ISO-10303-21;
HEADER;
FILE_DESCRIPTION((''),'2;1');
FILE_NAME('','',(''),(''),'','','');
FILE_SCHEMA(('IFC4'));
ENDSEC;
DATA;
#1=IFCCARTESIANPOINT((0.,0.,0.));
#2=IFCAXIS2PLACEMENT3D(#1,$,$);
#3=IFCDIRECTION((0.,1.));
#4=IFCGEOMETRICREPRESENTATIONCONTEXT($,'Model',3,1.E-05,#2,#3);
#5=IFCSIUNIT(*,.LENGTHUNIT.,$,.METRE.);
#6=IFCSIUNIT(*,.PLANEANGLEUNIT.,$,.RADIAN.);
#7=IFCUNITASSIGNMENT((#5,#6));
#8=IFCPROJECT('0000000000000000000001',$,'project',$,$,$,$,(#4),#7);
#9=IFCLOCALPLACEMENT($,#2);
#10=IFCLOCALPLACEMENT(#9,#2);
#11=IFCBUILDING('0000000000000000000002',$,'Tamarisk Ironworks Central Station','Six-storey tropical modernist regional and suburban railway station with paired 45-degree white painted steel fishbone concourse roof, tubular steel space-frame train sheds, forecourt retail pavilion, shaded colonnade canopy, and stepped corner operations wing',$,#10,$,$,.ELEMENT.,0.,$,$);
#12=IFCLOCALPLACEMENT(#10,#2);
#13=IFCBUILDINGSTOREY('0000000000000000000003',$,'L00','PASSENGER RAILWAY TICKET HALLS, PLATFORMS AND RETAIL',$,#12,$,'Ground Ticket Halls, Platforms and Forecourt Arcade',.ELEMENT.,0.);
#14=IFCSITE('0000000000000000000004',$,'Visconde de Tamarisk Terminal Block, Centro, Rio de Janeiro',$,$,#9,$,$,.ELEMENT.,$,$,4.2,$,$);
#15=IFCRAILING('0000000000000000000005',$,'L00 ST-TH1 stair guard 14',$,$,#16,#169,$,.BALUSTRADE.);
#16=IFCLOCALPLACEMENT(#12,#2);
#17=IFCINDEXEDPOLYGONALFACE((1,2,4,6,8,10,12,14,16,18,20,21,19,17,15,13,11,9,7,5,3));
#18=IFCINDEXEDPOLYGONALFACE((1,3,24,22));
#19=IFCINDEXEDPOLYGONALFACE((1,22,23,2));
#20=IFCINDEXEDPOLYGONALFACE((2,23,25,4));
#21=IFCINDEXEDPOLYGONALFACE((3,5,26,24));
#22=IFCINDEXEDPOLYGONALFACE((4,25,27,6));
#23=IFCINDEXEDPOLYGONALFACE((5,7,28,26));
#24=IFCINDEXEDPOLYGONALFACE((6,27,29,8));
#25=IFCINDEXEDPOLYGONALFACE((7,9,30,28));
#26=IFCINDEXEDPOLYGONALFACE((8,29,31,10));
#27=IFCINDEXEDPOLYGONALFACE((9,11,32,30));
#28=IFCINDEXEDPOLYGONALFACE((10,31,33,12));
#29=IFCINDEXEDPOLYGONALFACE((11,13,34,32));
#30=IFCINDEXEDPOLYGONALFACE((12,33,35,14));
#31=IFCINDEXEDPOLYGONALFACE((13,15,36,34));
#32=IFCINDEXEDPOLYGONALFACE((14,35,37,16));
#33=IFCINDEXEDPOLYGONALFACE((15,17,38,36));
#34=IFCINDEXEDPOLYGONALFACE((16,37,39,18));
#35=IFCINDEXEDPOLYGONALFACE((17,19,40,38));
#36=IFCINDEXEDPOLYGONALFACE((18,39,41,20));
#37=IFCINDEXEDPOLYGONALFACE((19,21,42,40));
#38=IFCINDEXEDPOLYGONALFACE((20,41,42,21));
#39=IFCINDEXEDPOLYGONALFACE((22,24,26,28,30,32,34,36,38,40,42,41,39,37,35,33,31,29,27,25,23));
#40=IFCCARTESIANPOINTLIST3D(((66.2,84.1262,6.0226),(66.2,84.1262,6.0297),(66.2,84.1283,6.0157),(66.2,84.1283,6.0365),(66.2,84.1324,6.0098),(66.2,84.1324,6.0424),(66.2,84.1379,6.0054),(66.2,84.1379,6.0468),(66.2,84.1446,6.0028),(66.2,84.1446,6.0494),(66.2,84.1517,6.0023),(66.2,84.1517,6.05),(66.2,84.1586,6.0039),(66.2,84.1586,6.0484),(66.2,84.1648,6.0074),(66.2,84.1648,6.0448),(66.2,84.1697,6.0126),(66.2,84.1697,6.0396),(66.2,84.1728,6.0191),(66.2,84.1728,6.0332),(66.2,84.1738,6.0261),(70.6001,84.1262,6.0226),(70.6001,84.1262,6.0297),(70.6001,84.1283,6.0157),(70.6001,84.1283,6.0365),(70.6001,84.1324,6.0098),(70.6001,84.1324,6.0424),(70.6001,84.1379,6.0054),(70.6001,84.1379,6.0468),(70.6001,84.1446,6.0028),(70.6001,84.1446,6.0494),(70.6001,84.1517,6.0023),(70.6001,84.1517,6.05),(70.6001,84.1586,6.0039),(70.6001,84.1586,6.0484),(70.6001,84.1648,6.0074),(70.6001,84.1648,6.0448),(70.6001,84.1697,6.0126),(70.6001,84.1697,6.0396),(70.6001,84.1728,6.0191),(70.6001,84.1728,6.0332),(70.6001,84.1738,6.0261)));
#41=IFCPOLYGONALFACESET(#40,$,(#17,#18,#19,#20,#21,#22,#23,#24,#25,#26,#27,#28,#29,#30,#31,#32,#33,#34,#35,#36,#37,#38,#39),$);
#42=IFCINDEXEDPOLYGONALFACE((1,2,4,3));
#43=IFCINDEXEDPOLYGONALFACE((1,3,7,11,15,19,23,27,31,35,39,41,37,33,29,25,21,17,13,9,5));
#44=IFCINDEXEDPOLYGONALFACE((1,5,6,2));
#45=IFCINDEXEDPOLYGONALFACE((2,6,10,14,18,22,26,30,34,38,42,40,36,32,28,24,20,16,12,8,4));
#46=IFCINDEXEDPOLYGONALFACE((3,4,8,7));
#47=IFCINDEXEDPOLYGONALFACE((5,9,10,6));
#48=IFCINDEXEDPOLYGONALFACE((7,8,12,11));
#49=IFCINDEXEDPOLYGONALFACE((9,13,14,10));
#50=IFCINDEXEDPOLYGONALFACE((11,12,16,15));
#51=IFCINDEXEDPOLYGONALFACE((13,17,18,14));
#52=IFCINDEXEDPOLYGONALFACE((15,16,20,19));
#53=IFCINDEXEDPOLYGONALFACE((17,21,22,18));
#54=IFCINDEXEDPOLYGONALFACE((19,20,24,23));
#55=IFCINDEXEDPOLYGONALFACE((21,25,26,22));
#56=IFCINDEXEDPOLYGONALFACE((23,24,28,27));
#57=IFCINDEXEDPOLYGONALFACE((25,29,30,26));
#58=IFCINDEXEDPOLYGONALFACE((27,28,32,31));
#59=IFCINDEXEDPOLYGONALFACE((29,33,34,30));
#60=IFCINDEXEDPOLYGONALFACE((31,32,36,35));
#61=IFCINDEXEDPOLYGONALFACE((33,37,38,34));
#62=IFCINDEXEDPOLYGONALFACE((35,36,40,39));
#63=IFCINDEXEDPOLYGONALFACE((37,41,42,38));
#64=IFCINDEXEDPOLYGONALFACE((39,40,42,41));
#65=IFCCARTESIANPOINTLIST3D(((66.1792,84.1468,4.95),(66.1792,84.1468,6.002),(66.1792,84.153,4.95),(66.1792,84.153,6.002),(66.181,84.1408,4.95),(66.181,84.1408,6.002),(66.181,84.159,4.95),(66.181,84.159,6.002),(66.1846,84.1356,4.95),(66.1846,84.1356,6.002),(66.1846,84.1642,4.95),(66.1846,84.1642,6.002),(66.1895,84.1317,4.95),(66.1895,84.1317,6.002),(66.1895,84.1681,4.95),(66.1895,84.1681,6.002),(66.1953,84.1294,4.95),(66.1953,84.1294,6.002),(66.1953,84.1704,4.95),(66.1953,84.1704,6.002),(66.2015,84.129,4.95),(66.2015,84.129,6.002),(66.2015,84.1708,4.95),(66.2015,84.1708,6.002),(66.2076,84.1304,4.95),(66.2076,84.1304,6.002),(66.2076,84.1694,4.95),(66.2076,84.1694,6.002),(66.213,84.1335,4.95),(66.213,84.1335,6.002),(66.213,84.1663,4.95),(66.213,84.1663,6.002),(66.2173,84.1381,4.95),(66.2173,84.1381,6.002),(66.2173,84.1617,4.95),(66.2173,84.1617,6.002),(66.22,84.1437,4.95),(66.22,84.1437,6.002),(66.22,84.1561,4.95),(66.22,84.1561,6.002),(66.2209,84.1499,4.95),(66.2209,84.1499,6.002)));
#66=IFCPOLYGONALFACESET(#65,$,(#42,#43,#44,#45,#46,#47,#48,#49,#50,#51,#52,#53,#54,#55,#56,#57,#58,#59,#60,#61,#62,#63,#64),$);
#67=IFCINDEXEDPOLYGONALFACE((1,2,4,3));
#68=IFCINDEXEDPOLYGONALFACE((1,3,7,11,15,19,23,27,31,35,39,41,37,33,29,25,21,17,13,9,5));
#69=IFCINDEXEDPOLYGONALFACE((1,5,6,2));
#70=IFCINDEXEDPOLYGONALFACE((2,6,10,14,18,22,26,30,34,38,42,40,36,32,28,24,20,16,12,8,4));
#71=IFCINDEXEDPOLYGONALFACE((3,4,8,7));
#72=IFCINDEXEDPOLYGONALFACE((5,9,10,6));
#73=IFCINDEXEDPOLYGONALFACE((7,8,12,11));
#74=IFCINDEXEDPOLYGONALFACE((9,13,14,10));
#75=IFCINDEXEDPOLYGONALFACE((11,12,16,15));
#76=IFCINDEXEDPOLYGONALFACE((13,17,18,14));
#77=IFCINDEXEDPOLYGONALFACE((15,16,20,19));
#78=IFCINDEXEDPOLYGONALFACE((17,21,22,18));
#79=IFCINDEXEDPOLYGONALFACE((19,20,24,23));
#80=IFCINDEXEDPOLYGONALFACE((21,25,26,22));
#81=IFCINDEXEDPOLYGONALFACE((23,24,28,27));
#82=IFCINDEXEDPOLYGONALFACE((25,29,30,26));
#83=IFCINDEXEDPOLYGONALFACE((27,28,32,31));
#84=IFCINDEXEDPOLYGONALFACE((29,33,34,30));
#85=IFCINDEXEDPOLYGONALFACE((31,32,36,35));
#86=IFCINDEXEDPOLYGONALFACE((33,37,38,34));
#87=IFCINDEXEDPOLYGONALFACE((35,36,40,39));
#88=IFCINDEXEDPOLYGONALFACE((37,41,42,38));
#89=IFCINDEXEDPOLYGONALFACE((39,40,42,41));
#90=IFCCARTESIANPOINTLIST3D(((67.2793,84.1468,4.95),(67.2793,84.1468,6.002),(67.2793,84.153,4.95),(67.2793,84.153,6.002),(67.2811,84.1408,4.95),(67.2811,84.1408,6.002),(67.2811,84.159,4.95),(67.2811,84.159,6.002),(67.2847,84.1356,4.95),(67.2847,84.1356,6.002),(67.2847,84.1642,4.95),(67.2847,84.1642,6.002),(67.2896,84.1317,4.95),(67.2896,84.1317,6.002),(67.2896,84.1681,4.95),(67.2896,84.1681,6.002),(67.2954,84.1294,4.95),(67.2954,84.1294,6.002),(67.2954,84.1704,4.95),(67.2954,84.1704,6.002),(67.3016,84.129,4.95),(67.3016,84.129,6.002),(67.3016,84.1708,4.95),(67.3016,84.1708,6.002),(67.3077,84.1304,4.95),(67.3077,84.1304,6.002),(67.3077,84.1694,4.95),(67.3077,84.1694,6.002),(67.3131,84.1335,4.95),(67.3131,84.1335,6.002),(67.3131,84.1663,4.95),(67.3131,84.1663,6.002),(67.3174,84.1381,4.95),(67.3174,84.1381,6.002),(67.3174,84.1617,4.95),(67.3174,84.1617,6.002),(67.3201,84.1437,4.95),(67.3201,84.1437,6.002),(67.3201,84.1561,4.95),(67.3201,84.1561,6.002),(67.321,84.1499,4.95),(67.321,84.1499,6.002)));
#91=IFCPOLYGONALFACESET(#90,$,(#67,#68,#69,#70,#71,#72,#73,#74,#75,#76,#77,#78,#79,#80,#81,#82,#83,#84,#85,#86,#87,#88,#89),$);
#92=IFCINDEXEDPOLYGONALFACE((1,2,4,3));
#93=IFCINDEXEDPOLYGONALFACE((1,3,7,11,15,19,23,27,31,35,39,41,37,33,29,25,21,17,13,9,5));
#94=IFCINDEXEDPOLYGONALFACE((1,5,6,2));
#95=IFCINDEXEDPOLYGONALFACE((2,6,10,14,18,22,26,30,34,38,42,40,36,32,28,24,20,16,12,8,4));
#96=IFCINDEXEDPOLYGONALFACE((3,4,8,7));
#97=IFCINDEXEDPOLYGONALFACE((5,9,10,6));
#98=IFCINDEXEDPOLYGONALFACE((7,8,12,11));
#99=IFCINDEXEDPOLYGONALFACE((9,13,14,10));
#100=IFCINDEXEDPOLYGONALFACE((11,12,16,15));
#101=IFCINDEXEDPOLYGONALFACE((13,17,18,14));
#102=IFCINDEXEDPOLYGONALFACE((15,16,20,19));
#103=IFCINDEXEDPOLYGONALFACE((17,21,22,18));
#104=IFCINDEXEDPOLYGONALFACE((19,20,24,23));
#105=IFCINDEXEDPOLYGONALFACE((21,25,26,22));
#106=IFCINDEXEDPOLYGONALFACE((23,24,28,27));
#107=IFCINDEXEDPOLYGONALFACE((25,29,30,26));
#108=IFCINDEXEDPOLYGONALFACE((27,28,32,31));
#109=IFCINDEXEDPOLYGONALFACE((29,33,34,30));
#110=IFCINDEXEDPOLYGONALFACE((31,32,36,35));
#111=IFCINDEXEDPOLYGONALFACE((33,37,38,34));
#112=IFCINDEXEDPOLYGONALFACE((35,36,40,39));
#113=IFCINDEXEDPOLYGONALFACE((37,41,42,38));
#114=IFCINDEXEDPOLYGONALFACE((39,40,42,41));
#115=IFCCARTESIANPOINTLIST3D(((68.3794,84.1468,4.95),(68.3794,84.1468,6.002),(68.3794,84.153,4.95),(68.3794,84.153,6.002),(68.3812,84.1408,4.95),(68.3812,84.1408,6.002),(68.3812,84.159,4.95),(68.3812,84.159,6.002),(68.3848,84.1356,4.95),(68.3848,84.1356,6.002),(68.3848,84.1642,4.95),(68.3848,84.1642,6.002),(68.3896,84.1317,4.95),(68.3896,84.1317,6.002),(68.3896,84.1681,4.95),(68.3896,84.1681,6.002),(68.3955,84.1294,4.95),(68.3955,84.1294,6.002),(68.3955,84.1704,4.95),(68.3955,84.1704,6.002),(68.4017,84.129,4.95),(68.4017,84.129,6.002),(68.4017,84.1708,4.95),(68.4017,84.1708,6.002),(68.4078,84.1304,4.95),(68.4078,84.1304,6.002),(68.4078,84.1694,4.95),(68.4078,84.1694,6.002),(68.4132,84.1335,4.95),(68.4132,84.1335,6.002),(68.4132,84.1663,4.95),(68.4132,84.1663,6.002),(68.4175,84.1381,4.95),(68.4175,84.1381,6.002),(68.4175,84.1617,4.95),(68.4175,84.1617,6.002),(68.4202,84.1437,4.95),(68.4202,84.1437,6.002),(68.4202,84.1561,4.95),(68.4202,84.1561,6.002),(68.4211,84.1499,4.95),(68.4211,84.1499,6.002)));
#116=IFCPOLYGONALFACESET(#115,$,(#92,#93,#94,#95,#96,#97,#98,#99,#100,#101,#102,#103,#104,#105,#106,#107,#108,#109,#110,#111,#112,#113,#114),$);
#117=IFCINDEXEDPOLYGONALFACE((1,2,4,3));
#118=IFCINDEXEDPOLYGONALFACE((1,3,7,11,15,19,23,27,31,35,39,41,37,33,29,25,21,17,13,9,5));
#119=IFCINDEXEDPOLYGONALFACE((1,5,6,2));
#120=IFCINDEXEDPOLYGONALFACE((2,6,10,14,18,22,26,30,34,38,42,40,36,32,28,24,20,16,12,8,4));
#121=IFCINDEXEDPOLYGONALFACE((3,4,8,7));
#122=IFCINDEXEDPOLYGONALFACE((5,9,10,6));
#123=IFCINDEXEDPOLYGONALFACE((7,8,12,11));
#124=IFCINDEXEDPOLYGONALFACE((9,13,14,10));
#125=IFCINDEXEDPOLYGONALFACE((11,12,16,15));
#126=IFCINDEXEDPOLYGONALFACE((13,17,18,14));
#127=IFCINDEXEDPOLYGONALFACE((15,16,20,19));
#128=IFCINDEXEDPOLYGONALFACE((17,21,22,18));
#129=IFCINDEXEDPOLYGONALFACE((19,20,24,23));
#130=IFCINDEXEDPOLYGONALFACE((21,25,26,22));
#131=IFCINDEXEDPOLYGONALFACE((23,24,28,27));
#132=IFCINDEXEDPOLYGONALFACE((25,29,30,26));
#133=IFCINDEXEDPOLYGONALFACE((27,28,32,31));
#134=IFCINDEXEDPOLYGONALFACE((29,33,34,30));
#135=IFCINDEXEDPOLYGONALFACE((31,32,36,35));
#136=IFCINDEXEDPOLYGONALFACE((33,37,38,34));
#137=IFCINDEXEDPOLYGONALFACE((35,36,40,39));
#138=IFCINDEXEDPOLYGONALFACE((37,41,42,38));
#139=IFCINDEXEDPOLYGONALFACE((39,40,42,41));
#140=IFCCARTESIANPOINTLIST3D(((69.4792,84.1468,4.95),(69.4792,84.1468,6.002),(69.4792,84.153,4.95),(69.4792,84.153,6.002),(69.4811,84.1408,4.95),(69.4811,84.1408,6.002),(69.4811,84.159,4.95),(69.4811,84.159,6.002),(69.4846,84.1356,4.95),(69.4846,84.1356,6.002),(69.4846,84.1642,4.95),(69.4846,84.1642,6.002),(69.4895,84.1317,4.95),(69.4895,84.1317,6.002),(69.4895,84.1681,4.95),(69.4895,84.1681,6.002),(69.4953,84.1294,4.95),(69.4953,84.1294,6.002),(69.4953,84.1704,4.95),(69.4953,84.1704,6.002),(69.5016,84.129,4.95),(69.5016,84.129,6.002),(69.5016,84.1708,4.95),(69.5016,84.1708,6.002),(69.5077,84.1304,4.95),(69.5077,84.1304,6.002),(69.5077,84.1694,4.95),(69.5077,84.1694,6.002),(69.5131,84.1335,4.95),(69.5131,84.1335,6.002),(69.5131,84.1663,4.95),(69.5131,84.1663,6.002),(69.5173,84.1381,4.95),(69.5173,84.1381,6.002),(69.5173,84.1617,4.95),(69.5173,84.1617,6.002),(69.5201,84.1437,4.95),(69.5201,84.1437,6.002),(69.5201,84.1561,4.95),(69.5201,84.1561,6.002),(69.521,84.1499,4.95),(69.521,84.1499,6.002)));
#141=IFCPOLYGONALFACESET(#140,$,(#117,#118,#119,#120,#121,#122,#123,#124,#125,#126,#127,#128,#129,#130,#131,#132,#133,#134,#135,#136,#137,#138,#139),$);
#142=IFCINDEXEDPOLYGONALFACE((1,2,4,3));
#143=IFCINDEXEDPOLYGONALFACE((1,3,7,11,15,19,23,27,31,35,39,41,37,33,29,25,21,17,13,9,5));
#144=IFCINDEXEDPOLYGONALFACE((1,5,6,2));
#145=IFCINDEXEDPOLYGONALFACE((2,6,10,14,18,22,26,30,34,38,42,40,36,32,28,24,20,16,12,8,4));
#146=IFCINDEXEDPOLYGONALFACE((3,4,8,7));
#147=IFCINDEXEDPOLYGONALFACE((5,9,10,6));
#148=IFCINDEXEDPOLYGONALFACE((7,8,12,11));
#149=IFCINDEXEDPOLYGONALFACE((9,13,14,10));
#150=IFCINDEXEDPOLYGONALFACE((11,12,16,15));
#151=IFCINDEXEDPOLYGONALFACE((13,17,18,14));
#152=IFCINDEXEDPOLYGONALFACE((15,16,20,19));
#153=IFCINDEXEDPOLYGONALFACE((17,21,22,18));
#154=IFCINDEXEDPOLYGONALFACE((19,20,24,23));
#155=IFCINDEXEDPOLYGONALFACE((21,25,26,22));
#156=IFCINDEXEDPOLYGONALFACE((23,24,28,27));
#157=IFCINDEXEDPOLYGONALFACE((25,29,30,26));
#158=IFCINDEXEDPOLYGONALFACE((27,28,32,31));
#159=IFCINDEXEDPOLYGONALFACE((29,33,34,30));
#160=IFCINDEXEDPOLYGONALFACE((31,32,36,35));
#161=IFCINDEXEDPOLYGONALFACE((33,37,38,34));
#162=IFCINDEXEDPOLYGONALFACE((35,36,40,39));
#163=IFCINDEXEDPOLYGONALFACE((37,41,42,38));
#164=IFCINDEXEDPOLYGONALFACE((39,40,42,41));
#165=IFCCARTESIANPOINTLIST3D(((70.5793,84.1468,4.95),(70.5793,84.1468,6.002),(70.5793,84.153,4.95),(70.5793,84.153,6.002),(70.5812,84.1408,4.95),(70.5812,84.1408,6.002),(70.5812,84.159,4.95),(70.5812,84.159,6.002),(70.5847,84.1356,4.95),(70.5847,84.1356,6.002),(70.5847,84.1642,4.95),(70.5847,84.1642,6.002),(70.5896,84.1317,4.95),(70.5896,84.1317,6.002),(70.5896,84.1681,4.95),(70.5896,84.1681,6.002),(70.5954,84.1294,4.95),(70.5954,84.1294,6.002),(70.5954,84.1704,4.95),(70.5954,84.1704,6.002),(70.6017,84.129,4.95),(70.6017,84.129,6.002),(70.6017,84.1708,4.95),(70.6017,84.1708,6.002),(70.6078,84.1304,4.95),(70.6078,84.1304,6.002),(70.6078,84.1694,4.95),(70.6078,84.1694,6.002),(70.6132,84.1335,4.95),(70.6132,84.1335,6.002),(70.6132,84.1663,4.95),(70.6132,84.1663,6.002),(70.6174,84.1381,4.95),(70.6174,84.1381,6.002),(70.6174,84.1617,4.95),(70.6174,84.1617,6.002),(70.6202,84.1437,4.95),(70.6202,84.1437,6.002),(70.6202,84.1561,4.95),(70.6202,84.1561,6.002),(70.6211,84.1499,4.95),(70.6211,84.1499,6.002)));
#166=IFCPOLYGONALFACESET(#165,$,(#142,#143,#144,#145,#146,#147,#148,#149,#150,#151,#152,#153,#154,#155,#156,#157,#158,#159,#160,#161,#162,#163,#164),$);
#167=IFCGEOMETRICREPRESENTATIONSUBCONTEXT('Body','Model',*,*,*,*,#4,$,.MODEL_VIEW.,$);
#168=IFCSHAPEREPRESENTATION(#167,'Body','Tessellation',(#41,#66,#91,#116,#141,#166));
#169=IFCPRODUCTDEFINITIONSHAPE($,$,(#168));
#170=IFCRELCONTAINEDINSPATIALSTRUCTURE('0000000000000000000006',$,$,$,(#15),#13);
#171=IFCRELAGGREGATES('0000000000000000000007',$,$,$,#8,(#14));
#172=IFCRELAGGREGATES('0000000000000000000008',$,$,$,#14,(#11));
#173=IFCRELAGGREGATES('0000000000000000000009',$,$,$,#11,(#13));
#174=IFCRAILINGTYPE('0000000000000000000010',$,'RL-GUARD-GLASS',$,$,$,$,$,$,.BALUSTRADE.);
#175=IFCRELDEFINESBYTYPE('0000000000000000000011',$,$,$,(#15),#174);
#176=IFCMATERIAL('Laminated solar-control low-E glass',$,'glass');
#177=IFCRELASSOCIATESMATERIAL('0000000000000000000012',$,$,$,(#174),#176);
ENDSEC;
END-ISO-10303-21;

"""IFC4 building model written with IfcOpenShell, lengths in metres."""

from ifc_helpers import new_model, si_unit, direction, frame, origin, origin_2d, place, context, subcontext, project, spatial, circle, extrude, material, type_object, element, save


model = new_model("IFC4")

# Units and contexts
model_context = context("Model", 3, precision=1e-05, world=origin(), true_north=direction((0.0, 1.0)))
body_context = subcontext(model_context, "Body", "Model", "MODEL_VIEW")
ifc_project = project(units=[si_unit("LENGTHUNIT", "METRE"), si_unit("PLANEANGLEUNIT", "RADIAN")], contexts=[model_context])

# Site, building, storey
site_placement = place(None, origin())
site = spatial("IfcSite", under=ifc_project, at=site_placement, Name="Visconde de Tamarisk Terminal Block, Centro, Rio de Janeiro", CompositionType="ELEMENT", RefElevation=4.2)
building_placement = place(site_placement, origin())
building = spatial("IfcBuilding", under=site, at=building_placement, Name="Tamarisk Ironworks Central Station", Description="Six-storey tropical modernist regional and suburban railway station with paired 45-degree white painted steel fishbone concourse roof, tubular steel space-frame train sheds, forecourt retail pavilion, shaded colonnade canopy, and stepped corner operations wing", CompositionType="ELEMENT", ElevationOfRefHeight=0.0)
storey_placement = place(building_placement, origin())
storey = spatial("IfcBuildingStorey", under=building, at=storey_placement, Name="L00", Description="PASSENGER RAILWAY TICKET HALLS, PLATFORMS AND RETAIL", LongName="Ground Ticket Halls, Platforms and Forecourt Arcade", CompositionType="ELEMENT", Elevation=0.0)

# Shared definitions
ifc_material_1 = material(Name="Laminated solar-control low-E glass", Category="glass")

# Railing
railing_type_1 = type_object("IfcRailingType", Name="RL-GUARD-GLASS", PredefinedType="BALUSTRADE", material=ifc_material_1)
railing_1_placement = place(storey_placement, frame((66.2, 84.1499, 4.95)))
element("IfcRailing", 1, at=railing_1_placement, inside=storey, type_object=railing_type_1, Name="L00 ST-TH1 stair guard 14", PredefinedType="BALUSTRADE", context=body_context, shape_type="SweptSolid", body=[
    extrude(circle(Radius=0.0239, at=origin_2d()), frame((0.0, 0.0, 1.0762), z_axis=(1.0, 0.0, 0.0), x_axis=(0.0, 1.0, 0.0)), (0.0, 0.0, 1.0), 4.4001),
    extrude(circle(Radius=0.021, at=origin_2d()), origin(), (0.0, 0.0, 1.0), 1.052),
    extrude(circle(Radius=0.021, at=origin_2d()), frame((1.1001, 0.0, 0.0)), (0.0, 0.0, 1.0), 1.052),
    extrude(circle(Radius=0.021, at=origin_2d()), frame((2.2002, 0.0, 0.0)), (0.0, 0.0, 1.0), 1.052),
    extrude(circle(Radius=0.021, at=origin_2d()), frame((3.3, 0.0, 0.0)), (0.0, 0.0, 1.0), 1.052),
    extrude(circle(Radius=0.021, at=origin_2d()), frame((4.4001, 0.0, 0.0)), (0.0, 0.0, 1.0), 1.052),
])

save(model, "model.ifc")
